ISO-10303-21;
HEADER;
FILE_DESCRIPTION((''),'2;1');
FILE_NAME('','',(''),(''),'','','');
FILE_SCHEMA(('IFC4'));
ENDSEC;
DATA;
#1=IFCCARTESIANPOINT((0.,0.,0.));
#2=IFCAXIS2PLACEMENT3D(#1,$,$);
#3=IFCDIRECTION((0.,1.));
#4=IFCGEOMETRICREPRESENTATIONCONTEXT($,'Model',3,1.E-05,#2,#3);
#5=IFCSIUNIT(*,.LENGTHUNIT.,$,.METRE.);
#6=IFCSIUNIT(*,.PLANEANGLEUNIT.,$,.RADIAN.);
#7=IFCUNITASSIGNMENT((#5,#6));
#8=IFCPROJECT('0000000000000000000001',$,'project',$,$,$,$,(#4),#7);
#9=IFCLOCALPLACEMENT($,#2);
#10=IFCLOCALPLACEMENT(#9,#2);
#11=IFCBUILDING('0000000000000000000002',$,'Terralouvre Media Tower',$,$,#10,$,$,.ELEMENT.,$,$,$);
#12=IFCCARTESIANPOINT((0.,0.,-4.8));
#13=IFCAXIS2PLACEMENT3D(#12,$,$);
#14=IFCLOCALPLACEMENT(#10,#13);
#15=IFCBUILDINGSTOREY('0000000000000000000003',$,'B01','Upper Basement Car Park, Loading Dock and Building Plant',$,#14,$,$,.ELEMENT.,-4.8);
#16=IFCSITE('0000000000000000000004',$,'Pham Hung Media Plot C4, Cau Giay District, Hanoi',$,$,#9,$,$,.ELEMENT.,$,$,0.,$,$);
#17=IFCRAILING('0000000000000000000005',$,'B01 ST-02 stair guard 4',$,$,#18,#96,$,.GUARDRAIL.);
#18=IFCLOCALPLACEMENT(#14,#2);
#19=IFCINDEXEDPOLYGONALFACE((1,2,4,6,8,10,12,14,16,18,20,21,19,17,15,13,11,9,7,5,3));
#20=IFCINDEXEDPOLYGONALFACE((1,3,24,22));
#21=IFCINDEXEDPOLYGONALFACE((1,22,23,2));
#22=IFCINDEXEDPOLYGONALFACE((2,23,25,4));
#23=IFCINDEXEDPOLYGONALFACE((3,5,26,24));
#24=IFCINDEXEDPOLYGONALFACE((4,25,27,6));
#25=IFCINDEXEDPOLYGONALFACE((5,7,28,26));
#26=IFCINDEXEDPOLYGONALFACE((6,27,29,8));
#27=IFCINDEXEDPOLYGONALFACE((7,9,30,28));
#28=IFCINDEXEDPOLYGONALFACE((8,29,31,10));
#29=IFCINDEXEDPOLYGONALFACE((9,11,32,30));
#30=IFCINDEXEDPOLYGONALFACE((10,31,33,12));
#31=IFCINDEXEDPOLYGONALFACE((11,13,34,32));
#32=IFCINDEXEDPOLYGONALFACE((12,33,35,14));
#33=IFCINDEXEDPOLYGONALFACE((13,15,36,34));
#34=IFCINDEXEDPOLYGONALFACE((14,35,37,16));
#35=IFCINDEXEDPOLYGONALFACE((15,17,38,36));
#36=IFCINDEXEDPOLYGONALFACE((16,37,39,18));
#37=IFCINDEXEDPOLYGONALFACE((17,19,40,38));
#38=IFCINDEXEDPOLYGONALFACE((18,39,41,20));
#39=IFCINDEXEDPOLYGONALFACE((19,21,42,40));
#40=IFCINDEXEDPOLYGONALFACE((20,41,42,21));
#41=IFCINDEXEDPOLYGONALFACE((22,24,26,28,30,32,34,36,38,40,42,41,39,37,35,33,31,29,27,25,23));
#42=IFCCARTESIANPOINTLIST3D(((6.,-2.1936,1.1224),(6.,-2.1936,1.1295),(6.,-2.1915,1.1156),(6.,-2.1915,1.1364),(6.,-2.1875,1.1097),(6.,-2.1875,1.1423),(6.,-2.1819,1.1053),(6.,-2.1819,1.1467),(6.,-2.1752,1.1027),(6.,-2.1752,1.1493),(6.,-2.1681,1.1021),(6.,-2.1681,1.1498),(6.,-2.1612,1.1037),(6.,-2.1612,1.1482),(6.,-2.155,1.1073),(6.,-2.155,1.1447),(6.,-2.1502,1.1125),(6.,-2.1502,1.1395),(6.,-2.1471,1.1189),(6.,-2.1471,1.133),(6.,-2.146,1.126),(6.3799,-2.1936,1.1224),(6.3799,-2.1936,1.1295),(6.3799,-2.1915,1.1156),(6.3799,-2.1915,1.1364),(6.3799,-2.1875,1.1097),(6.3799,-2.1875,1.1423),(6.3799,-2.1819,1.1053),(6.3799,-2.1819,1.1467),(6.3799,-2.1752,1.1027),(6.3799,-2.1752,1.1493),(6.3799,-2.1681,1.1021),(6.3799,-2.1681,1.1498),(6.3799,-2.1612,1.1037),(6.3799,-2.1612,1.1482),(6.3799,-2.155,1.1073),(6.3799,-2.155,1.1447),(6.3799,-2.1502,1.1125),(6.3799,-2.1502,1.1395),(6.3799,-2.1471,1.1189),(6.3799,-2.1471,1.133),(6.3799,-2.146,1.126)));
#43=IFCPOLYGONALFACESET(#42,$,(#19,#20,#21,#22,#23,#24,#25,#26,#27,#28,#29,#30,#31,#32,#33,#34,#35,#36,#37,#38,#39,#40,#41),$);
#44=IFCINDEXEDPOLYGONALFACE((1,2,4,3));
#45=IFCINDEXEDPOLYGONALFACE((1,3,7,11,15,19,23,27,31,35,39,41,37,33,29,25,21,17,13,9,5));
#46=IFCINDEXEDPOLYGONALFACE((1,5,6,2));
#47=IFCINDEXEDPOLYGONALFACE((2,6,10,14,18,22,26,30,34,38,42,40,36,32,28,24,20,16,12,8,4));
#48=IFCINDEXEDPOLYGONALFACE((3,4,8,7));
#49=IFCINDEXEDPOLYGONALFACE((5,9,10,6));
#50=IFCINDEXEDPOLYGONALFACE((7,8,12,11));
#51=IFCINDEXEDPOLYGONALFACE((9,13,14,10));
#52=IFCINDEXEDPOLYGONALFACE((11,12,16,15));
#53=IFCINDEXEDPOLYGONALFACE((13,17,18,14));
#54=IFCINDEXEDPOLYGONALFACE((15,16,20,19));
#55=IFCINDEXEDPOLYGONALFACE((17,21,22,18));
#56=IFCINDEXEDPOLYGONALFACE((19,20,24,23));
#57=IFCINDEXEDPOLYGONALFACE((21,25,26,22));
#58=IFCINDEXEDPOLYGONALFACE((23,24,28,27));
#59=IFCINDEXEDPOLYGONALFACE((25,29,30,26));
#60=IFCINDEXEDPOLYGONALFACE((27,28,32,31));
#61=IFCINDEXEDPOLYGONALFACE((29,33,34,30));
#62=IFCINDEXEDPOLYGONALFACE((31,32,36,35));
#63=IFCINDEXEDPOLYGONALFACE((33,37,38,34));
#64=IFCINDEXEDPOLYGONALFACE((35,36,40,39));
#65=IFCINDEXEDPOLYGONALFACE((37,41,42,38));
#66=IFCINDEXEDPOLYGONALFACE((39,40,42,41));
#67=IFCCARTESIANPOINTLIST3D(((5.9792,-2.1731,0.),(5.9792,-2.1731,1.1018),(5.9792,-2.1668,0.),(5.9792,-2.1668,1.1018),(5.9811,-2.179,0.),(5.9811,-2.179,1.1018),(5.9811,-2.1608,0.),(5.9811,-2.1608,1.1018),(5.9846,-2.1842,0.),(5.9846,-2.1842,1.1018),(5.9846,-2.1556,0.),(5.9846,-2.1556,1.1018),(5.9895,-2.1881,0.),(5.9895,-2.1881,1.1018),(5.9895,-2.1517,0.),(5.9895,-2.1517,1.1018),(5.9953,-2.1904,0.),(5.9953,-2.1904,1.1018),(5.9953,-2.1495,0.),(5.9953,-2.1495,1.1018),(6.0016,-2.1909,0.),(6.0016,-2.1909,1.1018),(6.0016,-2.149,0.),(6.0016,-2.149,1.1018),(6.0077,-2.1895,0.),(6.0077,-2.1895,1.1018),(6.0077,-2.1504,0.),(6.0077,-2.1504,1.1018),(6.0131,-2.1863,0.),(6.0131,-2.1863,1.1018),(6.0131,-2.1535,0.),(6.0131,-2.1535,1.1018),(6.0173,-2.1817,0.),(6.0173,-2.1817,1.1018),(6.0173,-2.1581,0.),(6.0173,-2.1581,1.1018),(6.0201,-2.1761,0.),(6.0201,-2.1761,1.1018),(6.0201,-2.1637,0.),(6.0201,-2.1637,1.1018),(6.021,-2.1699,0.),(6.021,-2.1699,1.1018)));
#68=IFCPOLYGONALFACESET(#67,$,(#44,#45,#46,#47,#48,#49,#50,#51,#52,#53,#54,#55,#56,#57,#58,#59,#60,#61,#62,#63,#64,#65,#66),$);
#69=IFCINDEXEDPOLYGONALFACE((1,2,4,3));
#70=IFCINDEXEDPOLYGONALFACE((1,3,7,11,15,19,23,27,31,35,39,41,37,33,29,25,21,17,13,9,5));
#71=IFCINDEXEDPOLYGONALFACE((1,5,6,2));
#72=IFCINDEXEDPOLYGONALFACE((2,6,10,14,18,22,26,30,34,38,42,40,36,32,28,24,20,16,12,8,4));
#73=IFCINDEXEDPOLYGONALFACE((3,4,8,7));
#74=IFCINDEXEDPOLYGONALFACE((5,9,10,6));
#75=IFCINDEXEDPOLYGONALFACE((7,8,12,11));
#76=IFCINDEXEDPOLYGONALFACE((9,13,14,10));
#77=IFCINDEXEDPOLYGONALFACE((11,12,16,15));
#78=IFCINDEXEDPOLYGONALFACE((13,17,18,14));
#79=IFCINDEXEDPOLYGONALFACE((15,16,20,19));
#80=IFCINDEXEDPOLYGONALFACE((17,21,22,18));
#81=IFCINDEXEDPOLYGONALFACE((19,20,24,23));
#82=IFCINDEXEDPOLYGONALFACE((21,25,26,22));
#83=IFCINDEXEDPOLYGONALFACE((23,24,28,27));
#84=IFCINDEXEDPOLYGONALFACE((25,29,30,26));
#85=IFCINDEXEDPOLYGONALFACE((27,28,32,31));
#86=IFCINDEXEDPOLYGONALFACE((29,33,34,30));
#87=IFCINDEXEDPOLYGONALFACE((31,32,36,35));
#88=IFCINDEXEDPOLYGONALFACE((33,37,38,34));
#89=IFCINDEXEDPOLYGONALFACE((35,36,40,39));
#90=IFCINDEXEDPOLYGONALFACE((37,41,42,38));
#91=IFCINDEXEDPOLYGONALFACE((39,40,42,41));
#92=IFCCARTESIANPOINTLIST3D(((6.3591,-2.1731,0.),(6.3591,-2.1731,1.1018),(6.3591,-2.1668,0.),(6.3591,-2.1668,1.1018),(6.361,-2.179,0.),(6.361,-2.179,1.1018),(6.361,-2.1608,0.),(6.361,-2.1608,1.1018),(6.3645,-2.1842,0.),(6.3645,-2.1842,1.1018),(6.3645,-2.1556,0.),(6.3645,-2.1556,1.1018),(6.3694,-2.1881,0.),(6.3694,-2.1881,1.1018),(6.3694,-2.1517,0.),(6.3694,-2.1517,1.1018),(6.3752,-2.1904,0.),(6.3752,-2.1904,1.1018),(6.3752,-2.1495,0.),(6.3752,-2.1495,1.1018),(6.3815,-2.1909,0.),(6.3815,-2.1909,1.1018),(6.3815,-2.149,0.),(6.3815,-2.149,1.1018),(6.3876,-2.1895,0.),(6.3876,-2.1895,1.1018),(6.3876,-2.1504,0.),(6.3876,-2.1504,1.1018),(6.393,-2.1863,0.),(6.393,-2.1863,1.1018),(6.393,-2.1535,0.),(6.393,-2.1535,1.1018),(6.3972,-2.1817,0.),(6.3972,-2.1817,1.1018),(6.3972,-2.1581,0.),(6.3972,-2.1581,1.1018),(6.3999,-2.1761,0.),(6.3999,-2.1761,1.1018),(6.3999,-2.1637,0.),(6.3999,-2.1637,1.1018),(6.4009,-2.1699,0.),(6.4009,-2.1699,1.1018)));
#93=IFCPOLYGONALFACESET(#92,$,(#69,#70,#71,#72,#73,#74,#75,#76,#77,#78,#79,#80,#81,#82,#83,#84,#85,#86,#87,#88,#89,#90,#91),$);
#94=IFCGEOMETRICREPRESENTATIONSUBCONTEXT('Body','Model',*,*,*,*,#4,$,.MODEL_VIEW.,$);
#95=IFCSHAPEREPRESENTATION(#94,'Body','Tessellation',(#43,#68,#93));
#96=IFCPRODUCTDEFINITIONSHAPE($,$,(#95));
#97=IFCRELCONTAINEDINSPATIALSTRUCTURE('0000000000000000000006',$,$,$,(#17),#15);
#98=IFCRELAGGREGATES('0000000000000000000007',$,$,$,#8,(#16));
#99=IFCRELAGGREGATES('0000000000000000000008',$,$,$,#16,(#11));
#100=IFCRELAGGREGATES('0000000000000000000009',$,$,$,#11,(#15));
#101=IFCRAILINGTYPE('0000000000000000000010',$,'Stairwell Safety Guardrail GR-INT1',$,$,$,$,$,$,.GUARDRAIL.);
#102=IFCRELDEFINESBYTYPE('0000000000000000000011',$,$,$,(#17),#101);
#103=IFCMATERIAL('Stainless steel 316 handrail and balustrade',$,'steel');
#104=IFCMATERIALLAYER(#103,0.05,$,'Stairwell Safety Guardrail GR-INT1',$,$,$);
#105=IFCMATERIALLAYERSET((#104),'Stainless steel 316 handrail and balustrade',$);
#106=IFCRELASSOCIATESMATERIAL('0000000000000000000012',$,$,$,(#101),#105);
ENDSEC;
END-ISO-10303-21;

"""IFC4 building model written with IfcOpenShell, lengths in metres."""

from ifc_helpers import new_model, si_unit, direction, frame, origin, origin_2d, place, context, subcontext, project, spatial, circle, extrude, material, layer, layer_set, type_object, element, save


model = new_model("IFC4")

# Units and contexts
model_context = context("Model", 3, precision=1e-05, world=origin(), true_north=direction((0.0, 1.0)))
body_context = subcontext(model_context, "Body", "Model", "MODEL_VIEW")
ifc_project = project(units=[si_unit("LENGTHUNIT", "METRE"), si_unit("PLANEANGLEUNIT", "RADIAN")], contexts=[model_context])

# Site, building, storey
site_placement = place(None, origin())
site = spatial("IfcSite", under=ifc_project, at=site_placement, Name="Pham Hung Media Plot C4, Cau Giay District, Hanoi", CompositionType="ELEMENT", RefElevation=0.0)
building_placement = place(site_placement, origin())
building = spatial("IfcBuilding", under=site, at=building_placement, Name="Terralouvre Media Tower", CompositionType="ELEMENT")
storey_placement = place(building_placement, frame((0.0, 0.0, -4.8)))
storey = spatial("IfcBuildingStorey", under=building, at=storey_placement, Name="B01", Description="Upper Basement Car Park, Loading Dock and Building Plant", CompositionType="ELEMENT", Elevation=-4.8)

# Railing
ifc_material_1 = material(Name="Stainless steel 316 handrail and balustrade", Category="steel")
ifc_layer_1 = layer(ifc_material_1, 0.05, Name="Stairwell Safety Guardrail GR-INT1")
ifc_layer_set_1 = layer_set([ifc_layer_1], Name="Stainless steel 316 handrail and balustrade")
railing_type_1 = type_object("IfcRailingType", Name="Stairwell Safety Guardrail GR-INT1", PredefinedType="GUARDRAIL", material=ifc_layer_set_1)
railing_1_placement = place(storey_placement, frame((6.0, -2.1699, 0.0)))
element("IfcRailing", 1, at=railing_1_placement, inside=storey, type_object=railing_type_1, Name="B01 ST-02 stair guard 4", PredefinedType="GUARDRAIL", context=body_context, shape_type="SweptSolid", body=[
    extrude(circle(Radius=0.0239, at=origin_2d()), frame((0.0, 0.0, 1.126), z_axis=(1.0, 0.0, 0.0), x_axis=(0.0, 1.0, 0.0)), (0.0, 0.0, 1.0), 0.3799),
    extrude(circle(Radius=0.021, at=origin_2d()), origin(), (0.0, 0.0, 1.0), 1.1018),
    extrude(circle(Radius=0.021, at=origin_2d()), frame((0.3799, 0.0, 0.0)), (0.0, 0.0, 1.0), 1.1018),
])

save(model, "model.ifc")
